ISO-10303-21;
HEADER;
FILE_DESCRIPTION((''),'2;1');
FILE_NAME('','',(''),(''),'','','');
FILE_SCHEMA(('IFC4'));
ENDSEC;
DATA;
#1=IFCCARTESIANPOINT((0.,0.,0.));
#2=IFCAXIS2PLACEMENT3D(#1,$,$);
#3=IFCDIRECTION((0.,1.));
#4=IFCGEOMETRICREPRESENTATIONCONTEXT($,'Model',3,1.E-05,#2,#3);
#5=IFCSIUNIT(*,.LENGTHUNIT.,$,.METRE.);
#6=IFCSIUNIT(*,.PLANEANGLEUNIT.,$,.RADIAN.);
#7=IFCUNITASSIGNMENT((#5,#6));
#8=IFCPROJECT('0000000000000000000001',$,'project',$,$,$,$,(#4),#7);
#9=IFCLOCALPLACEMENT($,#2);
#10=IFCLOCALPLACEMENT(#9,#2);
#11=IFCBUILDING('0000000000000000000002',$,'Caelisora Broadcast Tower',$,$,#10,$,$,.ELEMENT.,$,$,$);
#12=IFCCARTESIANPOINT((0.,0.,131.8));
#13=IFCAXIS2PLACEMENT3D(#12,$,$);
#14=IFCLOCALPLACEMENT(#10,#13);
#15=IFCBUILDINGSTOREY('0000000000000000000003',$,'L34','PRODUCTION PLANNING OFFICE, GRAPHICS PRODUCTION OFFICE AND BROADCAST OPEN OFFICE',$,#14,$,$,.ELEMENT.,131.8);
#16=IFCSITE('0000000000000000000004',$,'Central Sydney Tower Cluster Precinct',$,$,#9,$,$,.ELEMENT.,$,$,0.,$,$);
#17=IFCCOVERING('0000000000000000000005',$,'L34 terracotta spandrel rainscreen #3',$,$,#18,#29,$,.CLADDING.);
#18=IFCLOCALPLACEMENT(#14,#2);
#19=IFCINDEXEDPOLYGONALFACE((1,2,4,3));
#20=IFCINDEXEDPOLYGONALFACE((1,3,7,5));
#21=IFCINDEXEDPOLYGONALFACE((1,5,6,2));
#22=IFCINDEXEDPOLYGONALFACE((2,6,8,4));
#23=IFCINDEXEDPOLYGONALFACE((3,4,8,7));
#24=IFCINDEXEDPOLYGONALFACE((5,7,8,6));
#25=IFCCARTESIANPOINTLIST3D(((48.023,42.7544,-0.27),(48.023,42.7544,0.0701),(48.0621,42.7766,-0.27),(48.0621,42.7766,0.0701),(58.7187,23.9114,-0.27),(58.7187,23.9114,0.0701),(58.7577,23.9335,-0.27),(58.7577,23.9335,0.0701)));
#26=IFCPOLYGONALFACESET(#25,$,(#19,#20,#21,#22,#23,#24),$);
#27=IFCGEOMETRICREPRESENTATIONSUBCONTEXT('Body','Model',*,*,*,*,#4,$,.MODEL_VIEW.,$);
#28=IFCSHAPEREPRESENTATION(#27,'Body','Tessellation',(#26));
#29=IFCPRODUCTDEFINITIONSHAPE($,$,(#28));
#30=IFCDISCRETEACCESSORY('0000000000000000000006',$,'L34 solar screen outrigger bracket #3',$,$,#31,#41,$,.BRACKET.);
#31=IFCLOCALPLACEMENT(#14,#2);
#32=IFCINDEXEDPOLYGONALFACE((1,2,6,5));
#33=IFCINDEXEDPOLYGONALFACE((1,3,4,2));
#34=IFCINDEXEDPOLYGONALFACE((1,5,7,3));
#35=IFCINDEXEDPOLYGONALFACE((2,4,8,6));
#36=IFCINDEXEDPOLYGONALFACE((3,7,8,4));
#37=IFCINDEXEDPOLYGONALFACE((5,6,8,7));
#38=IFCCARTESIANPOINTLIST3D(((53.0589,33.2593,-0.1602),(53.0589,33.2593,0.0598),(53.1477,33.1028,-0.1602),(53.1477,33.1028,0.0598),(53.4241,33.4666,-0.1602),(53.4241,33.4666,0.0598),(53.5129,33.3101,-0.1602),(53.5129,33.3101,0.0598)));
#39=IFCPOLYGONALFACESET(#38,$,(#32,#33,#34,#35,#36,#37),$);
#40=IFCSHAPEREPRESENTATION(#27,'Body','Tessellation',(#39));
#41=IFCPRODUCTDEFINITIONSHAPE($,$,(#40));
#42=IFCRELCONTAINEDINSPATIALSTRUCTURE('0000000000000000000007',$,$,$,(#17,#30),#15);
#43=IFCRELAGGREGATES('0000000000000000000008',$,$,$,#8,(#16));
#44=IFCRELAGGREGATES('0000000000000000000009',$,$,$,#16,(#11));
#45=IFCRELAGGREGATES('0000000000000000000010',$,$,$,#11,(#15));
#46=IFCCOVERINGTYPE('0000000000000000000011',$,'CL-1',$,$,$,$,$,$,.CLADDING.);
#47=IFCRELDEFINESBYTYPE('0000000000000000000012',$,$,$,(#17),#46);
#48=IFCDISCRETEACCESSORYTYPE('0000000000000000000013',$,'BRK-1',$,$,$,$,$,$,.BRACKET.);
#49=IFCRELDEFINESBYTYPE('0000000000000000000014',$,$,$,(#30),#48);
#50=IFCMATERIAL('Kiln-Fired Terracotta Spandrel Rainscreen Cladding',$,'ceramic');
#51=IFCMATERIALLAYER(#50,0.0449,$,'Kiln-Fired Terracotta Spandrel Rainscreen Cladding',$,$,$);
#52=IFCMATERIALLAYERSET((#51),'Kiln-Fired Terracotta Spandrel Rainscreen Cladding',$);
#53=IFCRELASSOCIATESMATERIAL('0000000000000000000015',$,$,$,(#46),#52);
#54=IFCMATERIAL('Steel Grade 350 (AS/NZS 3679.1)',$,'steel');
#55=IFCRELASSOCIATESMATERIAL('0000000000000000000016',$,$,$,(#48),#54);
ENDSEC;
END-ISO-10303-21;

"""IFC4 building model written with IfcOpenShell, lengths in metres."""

from ifc_helpers import new_model, si_unit, direction, frame, origin, origin_2d, place, context, subcontext, project, spatial, rectangle, extrude, source, transform, mapped, material, layer, layer_set, type_object, type_shapes, element, save


model = new_model("IFC4")

# Units and contexts
model_context = context("Model", 3, precision=1e-05, world=origin(), true_north=direction((0.0, 1.0)))
body_context = subcontext(model_context, "Body", "Model", "MODEL_VIEW")
ifc_project = project(units=[si_unit("LENGTHUNIT", "METRE"), si_unit("PLANEANGLEUNIT", "RADIAN")], contexts=[model_context])

# Site, building, storey
site_placement = place(None, origin())
site = spatial("IfcSite", under=ifc_project, at=site_placement, Name="Central Sydney Tower Cluster Precinct", CompositionType="ELEMENT", RefElevation=0.0)
building_placement = place(site_placement, origin())
building = spatial("IfcBuilding", under=site, at=building_placement, Name="Caelisora Broadcast Tower", CompositionType="ELEMENT")
storey_placement = place(building_placement, frame((0.0, 0.0, 131.8)))
storey = spatial("IfcBuildingStorey", under=building, at=storey_placement, Name="L34", Description="PRODUCTION PLANNING OFFICE, GRAPHICS PRODUCTION OFFICE AND BROADCAST OPEN OFFICE", CompositionType="ELEMENT", Elevation=131.8)

# Shared definitions
ifc_material_1 = material(Name="Steel Grade 350 (AS/NZS 3679.1)", Category="steel")

# Covering
ifc_material_2 = material(Name="Kiln-Fired Terracotta Spandrel Rainscreen Cladding", Category="ceramic")
ifc_layer_1 = layer(ifc_material_2, 0.0449, Name="Kiln-Fired Terracotta Spandrel Rainscreen Cladding")
ifc_layer_set_1 = layer_set([ifc_layer_1], Name="Kiln-Fired Terracotta Spandrel Rainscreen Cladding")
covering_type = type_object("IfcCoveringType", Name="CL-1", PredefinedType="CLADDING", material=ifc_layer_set_1)
shared_shape_1 = source(origin(), body_context, "Body", "SweptSolid", [
    extrude(rectangle(XDim=21.667, YDim=0.0449, at=origin_2d()), origin(), (0.0, 0.0, 1.0), 0.3401),
])
type_shapes(covering_type, [shared_shape_1])
covering_placement = place(storey_placement, frame((53.3904, 33.344, -0.27), z_axis=(0.0, 0.0, 1.0), x_axis=(-0.493638, 0.869667, 0.0)))
element("IfcCovering", 1, at=covering_placement, inside=storey, type_object=covering_type, Name="L34 terracotta spandrel rainscreen #3", PredefinedType="CLADDING", context=body_context, shape_type="MappedRepresentation", body=[
    mapped(shared_shape_1, transform((0.0, 0.0, 0.0), scale=1.0)),
])

# Discrete accessory
discrete_accessory_type = type_object("IfcDiscreteAccessoryType", Name="BRK-1", PredefinedType="BRACKET", material=ifc_material_1)
shared_shape_2 = source(origin(), body_context, "Body", "SweptSolid", [
    extrude(rectangle(XDim=0.1799, YDim=0.4199, at=origin_2d()), origin(), (0.0, 0.0, 1.0), 0.22),
])
type_shapes(discrete_accessory_type, [shared_shape_2])
discrete_accessory_placement = place(storey_placement, frame((53.2859, 33.2847, -0.1602), z_axis=(0.0, 0.0, 1.0), x_axis=(-0.493638, 0.869667, 0.0)))
element("IfcDiscreteAccessory", 2, at=discrete_accessory_placement, inside=storey, type_object=discrete_accessory_type, Name="L34 solar screen outrigger bracket #3", PredefinedType="BRACKET", context=body_context, shape_type="MappedRepresentation", body=[
    mapped(shared_shape_2, transform((0.0, 0.0, 0.0), scale=1.0)),
])

save(model, "model.ifc")
